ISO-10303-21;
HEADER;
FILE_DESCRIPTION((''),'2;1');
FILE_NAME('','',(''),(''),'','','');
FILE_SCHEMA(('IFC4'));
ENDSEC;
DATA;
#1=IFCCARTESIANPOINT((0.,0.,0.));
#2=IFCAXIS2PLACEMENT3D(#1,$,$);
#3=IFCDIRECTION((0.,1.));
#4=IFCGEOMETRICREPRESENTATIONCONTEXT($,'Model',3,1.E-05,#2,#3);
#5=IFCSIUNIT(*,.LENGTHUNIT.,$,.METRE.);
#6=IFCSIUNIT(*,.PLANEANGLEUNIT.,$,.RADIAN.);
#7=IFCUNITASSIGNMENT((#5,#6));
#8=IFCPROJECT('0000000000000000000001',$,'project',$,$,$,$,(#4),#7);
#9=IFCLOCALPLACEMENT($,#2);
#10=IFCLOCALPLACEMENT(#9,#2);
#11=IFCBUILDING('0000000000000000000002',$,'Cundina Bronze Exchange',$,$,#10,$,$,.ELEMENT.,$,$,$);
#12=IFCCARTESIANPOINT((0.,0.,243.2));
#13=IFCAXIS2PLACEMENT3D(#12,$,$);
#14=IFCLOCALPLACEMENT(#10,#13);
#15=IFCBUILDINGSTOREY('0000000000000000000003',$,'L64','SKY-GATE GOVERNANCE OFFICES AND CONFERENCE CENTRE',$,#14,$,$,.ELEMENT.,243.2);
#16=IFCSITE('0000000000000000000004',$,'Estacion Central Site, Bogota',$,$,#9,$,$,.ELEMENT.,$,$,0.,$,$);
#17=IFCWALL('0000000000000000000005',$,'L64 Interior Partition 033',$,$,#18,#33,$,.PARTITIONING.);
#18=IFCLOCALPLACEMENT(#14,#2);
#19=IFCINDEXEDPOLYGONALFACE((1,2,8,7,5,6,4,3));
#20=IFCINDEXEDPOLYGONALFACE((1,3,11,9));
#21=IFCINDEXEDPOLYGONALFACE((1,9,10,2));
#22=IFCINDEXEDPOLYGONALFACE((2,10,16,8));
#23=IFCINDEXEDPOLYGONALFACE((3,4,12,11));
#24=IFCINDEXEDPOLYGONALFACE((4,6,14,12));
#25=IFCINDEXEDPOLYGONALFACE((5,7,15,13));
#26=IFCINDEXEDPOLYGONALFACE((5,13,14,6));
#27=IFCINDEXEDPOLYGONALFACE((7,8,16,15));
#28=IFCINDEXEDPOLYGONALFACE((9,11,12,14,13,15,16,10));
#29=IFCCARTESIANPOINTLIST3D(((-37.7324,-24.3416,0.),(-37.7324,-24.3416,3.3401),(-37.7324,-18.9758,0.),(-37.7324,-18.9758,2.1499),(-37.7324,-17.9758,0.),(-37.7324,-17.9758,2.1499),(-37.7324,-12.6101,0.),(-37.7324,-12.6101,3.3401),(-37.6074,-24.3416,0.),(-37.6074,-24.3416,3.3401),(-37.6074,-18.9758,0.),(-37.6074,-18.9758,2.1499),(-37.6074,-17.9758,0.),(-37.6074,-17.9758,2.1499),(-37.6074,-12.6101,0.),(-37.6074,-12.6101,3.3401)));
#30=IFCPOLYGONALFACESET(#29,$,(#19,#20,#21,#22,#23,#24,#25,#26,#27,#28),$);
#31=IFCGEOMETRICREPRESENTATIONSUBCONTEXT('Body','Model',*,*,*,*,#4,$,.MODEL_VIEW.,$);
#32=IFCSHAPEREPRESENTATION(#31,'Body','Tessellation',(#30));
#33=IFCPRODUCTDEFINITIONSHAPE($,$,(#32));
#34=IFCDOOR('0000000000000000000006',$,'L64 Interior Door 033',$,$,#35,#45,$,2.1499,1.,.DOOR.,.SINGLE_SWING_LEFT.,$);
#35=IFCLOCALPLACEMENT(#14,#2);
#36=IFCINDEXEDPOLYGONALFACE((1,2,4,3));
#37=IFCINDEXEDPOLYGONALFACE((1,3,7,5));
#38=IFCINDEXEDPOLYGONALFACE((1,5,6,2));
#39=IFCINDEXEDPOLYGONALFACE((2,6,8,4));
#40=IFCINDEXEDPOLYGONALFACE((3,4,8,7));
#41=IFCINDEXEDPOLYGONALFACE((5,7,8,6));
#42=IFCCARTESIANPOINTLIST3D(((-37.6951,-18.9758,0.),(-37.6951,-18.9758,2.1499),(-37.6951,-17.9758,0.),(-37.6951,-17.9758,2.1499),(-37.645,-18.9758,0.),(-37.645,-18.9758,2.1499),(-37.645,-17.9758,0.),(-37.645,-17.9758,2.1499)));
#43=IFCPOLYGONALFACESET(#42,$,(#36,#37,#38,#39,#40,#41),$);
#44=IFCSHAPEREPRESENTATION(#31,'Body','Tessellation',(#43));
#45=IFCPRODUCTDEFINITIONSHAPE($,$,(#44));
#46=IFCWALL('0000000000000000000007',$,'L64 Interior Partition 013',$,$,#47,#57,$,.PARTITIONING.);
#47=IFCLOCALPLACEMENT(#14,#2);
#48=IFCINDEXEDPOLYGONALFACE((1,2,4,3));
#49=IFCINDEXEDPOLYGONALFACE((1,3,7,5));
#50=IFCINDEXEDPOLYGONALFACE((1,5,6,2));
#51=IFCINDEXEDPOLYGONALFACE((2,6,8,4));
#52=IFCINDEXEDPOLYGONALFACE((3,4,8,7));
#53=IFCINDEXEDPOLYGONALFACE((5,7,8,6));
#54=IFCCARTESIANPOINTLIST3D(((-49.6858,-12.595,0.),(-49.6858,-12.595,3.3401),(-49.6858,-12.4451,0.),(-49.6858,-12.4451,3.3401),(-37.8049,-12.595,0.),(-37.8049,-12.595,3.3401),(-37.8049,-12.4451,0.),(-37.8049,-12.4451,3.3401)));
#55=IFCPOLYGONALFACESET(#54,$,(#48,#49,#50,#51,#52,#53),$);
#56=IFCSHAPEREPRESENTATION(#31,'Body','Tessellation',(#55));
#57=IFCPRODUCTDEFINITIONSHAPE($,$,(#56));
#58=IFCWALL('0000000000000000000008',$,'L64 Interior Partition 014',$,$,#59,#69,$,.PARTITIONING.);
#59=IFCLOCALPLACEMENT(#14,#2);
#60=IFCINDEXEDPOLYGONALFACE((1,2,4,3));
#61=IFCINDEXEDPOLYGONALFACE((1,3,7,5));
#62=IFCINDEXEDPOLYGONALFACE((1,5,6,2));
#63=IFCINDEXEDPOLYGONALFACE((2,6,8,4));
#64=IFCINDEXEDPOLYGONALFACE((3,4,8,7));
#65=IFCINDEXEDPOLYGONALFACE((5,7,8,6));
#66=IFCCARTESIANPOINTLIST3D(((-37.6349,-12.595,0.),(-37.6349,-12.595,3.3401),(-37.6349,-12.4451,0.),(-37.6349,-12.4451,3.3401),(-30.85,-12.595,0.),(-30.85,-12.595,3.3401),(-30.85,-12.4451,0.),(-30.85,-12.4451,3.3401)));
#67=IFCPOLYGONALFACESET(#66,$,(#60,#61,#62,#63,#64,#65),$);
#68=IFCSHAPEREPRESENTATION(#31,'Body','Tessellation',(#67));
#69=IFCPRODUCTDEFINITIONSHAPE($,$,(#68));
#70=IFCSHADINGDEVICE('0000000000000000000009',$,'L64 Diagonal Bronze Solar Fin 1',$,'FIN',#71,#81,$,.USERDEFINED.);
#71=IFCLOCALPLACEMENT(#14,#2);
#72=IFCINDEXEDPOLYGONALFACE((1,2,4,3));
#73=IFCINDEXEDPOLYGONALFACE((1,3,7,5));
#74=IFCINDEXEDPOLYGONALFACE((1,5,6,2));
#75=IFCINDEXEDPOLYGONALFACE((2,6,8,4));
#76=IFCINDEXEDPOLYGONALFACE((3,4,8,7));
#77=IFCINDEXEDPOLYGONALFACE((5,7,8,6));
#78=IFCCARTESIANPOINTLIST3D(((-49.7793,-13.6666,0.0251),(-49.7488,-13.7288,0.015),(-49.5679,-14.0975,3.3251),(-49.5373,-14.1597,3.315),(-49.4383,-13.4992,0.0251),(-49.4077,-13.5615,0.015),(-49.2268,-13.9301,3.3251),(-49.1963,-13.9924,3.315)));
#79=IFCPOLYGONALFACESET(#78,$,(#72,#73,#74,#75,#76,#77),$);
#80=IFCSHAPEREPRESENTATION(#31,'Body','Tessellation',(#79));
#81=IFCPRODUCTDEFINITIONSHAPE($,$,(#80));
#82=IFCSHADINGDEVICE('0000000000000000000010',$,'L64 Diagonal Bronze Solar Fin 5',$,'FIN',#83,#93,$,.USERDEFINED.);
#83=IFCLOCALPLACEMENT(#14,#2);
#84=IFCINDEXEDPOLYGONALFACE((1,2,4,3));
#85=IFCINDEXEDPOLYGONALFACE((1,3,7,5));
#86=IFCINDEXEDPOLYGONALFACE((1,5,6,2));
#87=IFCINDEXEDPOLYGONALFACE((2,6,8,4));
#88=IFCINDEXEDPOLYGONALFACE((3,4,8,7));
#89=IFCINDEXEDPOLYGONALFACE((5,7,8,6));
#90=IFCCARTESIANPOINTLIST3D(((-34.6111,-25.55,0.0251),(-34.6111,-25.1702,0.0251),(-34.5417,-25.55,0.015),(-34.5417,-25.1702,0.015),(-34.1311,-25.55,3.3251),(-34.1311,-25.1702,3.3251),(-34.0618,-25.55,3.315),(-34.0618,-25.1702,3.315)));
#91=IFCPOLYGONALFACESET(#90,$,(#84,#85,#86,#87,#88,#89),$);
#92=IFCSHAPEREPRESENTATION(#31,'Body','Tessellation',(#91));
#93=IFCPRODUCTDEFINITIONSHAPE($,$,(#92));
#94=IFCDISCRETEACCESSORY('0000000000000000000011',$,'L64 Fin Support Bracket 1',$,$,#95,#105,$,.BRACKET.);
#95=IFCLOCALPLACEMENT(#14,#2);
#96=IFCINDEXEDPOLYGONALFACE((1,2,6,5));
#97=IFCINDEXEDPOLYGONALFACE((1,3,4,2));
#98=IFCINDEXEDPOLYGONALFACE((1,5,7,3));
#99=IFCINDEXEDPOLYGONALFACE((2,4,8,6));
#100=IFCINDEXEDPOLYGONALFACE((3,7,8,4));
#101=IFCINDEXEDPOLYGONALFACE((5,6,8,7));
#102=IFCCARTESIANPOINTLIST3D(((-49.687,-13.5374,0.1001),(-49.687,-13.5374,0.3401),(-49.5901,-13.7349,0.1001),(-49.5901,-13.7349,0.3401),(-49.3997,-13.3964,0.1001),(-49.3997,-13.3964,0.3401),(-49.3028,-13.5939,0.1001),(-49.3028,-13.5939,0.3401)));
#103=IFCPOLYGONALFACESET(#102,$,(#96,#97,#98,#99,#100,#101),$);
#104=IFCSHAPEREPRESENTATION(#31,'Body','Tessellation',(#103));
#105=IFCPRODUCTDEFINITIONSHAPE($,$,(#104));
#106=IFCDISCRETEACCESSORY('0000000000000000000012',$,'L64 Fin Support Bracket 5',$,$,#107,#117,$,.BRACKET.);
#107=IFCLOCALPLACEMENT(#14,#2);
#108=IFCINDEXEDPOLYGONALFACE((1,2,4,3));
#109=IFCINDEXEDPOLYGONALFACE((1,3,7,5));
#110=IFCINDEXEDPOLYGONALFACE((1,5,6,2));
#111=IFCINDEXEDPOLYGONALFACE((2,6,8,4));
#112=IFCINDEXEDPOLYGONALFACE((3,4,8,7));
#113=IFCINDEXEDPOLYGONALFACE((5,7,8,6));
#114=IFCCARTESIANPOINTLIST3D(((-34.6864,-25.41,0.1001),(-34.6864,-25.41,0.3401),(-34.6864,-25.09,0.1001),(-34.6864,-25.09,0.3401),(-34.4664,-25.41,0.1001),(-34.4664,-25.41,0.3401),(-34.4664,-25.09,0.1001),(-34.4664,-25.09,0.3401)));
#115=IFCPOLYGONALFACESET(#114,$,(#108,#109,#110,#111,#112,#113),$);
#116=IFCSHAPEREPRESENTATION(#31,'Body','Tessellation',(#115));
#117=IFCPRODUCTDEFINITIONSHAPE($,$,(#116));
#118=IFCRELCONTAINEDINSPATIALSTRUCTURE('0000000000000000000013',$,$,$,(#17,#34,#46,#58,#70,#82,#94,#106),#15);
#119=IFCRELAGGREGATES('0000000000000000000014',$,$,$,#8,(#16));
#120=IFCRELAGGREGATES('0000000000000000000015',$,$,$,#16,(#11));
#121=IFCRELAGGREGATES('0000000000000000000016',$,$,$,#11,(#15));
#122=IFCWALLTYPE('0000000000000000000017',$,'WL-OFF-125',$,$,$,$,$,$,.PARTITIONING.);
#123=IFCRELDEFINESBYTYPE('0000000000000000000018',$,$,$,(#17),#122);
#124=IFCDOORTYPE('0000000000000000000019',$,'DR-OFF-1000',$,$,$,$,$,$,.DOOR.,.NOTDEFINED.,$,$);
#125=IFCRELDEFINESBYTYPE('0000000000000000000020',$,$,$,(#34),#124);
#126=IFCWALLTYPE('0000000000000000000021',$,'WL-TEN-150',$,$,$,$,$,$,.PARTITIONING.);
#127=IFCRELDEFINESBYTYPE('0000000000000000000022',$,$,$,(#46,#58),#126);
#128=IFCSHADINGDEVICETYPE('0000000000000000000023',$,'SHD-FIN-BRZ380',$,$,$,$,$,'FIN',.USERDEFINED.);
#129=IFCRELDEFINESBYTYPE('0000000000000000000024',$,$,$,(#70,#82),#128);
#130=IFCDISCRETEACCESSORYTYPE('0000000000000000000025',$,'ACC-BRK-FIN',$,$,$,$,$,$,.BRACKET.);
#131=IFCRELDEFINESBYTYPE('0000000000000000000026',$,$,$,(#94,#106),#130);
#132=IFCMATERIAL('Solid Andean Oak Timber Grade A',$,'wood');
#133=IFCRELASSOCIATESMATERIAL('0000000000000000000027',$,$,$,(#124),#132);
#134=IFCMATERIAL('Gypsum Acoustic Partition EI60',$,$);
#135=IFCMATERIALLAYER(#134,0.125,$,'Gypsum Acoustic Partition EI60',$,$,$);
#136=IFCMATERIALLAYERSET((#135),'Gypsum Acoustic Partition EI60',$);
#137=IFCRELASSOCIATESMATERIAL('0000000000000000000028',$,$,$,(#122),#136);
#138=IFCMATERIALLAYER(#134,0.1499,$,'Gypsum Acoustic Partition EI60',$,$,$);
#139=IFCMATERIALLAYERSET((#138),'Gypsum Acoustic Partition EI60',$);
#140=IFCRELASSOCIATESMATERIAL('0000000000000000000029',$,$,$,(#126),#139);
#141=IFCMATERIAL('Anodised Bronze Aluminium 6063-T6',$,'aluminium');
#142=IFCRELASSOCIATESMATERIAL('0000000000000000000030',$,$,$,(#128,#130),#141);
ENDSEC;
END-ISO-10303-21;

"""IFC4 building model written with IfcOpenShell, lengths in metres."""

from ifc_helpers import new_model, si_unit, direction, frame, frame_2d, origin, origin_2d, place, context, subcontext, project, spatial, rectangle, extrude, material, layer, layer_set, material_profile, profile_set, type_object, element, fill, save


model = new_model("IFC4")

# Units and contexts
model_context = context("Model", 3, precision=1e-05, world=origin(), true_north=direction((0.0, 1.0)))
body_context = subcontext(model_context, "Body", "Model", "MODEL_VIEW")
ifc_project = project(units=[si_unit("LENGTHUNIT", "METRE"), si_unit("PLANEANGLEUNIT", "RADIAN")], contexts=[model_context])

# Site, building, storey
site_placement = place(None, origin())
site = spatial("IfcSite", under=ifc_project, at=site_placement, Name="Estacion Central Site, Bogota", CompositionType="ELEMENT", RefElevation=0.0)
building_placement = place(site_placement, origin())
building = spatial("IfcBuilding", under=site, at=building_placement, Name="Cundina Bronze Exchange", CompositionType="ELEMENT")
storey_placement = place(building_placement, frame((0.0, 0.0, 243.2)))
storey = spatial("IfcBuildingStorey", under=building, at=storey_placement, Name="L64", Description="SKY-GATE GOVERNANCE OFFICES AND CONFERENCE CENTRE", CompositionType="ELEMENT", Elevation=243.2)

# Shared definitions
ifc_material_1 = material(Name="Anodised Bronze Aluminium 6063-T6", Category="aluminium")

# Wall, opening, door
ifc_material_2 = material(Name="Solid Andean Oak Timber Grade A", Category="wood")
door_type = type_object("IfcDoorType", Name="DR-OFF-1000", OperationType="NOTDEFINED", PredefinedType="DOOR", material=ifc_material_2)
ifc_material_3 = material(Name="Gypsum Acoustic Partition EI60")
ifc_layer_1 = layer(ifc_material_3, 0.125, Name="Gypsum Acoustic Partition EI60")
ifc_layer_set_1 = layer_set([ifc_layer_1], Name="Gypsum Acoustic Partition EI60")
wall_type_1 = type_object("IfcWallType", Name="WL-OFF-125", PredefinedType="PARTITIONING", material=ifc_layer_set_1)
wall_1_placement = place(storey_placement, frame((-37.6699, -12.6101, 0.0), z_axis=(0.0, 0.0, 1.0), x_axis=(0.0, -1.0, 0.0)))
wall_1 = element("IfcWall", 1, at=wall_1_placement, inside=storey, type_object=wall_type_1, Name="L64 Interior Partition 033", PredefinedType="PARTITIONING", context=body_context, shape_type="SweptSolid", body=[
    extrude(rectangle(XDim=11.7314, YDim=0.125, at=frame_2d((5.8657, 0.0))), origin(), (0.0, 0.0, 1.0), 3.3401),
])
opening_1_placement = place(wall_1_placement, frame((5.3657, 0.0, 0.0)))
opening_1 = element("IfcOpeningElement", 2, at=opening_1_placement, cuts=wall_1, PredefinedType="OPENING", context=body_context, shape_type="SweptSolid", body=[
    extrude(rectangle(XDim=1.0, YDim=2.1499, at=frame_2d((0.5, 1.075))), frame((0.0, 0.0725, 0.0), z_axis=(0.0, -1.0, 0.0), x_axis=(1.0, 0.0, 0.0)), (0.0, 0.0, 1.0), 0.145),
])
door_1_placement = place(opening_1_placement, origin())
door_1 = element("IfcDoor", 3, at=door_1_placement, inside=storey, type_object=door_type, Name="L64 Interior Door 033", OperationType="SINGLE_SWING_LEFT", OverallHeight=2.1499, OverallWidth=1.0, PredefinedType="DOOR", context=body_context, shape_type="SweptSolid", body=[
    extrude(rectangle(XDim=1.0, YDim=2.1499, at=frame_2d((0.5, 1.075))), frame((0.0, 0.0249, 0.0), z_axis=(0.0, -1.0, 0.0), x_axis=(1.0, 0.0, 0.0)), (0.0, 0.0, 1.0), 0.05),
])
fill(opening_1, door_1)

# Walls
ifc_layer_2 = layer(ifc_material_3, 0.1499, Name="Gypsum Acoustic Partition EI60")
ifc_layer_set_2 = layer_set([ifc_layer_2], Name="Gypsum Acoustic Partition EI60")
wall_type_2 = type_object("IfcWallType", Name="WL-TEN-150", PredefinedType="PARTITIONING", material=ifc_layer_set_2)
wall_2_placement = place(storey_placement, frame((-49.6858, -12.52, 0.0), z_axis=(0.0, 0.0, 1.0), x_axis=(1.0, 0.0, 0.0)))
element("IfcWall", 4, at=wall_2_placement, inside=storey, type_object=wall_type_2, Name="L64 Interior Partition 013", PredefinedType="PARTITIONING", context=body_context, shape_type="SweptSolid", body=[
    extrude(rectangle(XDim=11.8809, YDim=0.1499, at=frame_2d((5.9404, 0.0))), origin(), (0.0, 0.0, 1.0), 3.3401),
])
wall_3_placement = place(storey_placement, frame((-37.635, -12.52, 0.0), z_axis=(0.0, 0.0, 1.0), x_axis=(1.0, 0.0, 0.0)))
element("IfcWall", 5, at=wall_3_placement, inside=storey, type_object=wall_type_2, Name="L64 Interior Partition 014", PredefinedType="PARTITIONING", context=body_context, shape_type="SweptSolid", body=[
    extrude(rectangle(XDim=6.7849, YDim=0.1499, at=frame_2d((3.3926, 0.0))), origin(), (0.0, 0.0, 1.0), 3.3401),
])

# Shading devices
ifc_material_profile_1 = material_profile(ifc_material_1, rectangle(XDim=0.0701, YDim=0.3799, at=origin_2d()), Name="FIN70X380", Category="aluminium")
ifc_profile_set_1 = profile_set([ifc_material_profile_1], Name="Anodised Bronze Aluminium 6063-T6")
shading_device_type = type_object("IfcShadingDeviceType", Name="SHD-FIN-BRZ380", ElementType="FIN", PredefinedType="USERDEFINED", material=ifc_profile_set_1)
for number, where, z_axis, x_axis, name in (
    (6, (-49.5935, -13.614, 0.02), (0.0634, -0.129217, 0.989588), (-0.4359, 0.888411, 0.143932), "L64 Diagonal Bronze Solar Fin 1"),
    (7, (-34.5764, -25.3601, 0.02), (0.143932, 0.0, 0.989588), (-0.989588, 0.0, 0.143932), "L64 Diagonal Bronze Solar Fin 5"),
):
    element("IfcShadingDevice", number, at=place(storey_placement, frame(where, z_axis=z_axis, x_axis=x_axis)), inside=storey, type_object=shading_device_type, Name=name, ObjectType="FIN", PredefinedType="USERDEFINED", context=body_context, shape_type="SweptSolid", body=[
        extrude(rectangle(XDim=0.0701, YDim=0.3799, at=origin_2d()), origin(), (0.0, 0.0, 1.0), 3.3347),
    ])

# Discrete accessories
discrete_accessory_type = type_object("IfcDiscreteAccessoryType", Name="ACC-BRK-FIN", PredefinedType="BRACKET", material=ifc_material_1)
for number, where, z_axis, x_axis, name in (
    (8, (-49.4949, -13.5657, 0.1001), (0.0, 0.0, 1.0), (0.440503, -0.897751, 0.0), "L64 Fin Support Bracket 1"),
    (9, (-34.5764, -25.25, 0.1001), (0.0, 0.0, 1.0), (1.0, 0.0, 0.0), "L64 Fin Support Bracket 5"),
):
    element("IfcDiscreteAccessory", number, at=place(storey_placement, frame(where, z_axis=z_axis, x_axis=x_axis)), inside=storey, type_object=discrete_accessory_type, Name=name, PredefinedType="BRACKET", context=body_context, shape_type="SweptSolid", body=[
        extrude(rectangle(XDim=0.22, YDim=0.3201, at=origin_2d()), origin(), (0.0, 0.0, 1.0), 0.24),
    ])

save(model, "model.ifc")
